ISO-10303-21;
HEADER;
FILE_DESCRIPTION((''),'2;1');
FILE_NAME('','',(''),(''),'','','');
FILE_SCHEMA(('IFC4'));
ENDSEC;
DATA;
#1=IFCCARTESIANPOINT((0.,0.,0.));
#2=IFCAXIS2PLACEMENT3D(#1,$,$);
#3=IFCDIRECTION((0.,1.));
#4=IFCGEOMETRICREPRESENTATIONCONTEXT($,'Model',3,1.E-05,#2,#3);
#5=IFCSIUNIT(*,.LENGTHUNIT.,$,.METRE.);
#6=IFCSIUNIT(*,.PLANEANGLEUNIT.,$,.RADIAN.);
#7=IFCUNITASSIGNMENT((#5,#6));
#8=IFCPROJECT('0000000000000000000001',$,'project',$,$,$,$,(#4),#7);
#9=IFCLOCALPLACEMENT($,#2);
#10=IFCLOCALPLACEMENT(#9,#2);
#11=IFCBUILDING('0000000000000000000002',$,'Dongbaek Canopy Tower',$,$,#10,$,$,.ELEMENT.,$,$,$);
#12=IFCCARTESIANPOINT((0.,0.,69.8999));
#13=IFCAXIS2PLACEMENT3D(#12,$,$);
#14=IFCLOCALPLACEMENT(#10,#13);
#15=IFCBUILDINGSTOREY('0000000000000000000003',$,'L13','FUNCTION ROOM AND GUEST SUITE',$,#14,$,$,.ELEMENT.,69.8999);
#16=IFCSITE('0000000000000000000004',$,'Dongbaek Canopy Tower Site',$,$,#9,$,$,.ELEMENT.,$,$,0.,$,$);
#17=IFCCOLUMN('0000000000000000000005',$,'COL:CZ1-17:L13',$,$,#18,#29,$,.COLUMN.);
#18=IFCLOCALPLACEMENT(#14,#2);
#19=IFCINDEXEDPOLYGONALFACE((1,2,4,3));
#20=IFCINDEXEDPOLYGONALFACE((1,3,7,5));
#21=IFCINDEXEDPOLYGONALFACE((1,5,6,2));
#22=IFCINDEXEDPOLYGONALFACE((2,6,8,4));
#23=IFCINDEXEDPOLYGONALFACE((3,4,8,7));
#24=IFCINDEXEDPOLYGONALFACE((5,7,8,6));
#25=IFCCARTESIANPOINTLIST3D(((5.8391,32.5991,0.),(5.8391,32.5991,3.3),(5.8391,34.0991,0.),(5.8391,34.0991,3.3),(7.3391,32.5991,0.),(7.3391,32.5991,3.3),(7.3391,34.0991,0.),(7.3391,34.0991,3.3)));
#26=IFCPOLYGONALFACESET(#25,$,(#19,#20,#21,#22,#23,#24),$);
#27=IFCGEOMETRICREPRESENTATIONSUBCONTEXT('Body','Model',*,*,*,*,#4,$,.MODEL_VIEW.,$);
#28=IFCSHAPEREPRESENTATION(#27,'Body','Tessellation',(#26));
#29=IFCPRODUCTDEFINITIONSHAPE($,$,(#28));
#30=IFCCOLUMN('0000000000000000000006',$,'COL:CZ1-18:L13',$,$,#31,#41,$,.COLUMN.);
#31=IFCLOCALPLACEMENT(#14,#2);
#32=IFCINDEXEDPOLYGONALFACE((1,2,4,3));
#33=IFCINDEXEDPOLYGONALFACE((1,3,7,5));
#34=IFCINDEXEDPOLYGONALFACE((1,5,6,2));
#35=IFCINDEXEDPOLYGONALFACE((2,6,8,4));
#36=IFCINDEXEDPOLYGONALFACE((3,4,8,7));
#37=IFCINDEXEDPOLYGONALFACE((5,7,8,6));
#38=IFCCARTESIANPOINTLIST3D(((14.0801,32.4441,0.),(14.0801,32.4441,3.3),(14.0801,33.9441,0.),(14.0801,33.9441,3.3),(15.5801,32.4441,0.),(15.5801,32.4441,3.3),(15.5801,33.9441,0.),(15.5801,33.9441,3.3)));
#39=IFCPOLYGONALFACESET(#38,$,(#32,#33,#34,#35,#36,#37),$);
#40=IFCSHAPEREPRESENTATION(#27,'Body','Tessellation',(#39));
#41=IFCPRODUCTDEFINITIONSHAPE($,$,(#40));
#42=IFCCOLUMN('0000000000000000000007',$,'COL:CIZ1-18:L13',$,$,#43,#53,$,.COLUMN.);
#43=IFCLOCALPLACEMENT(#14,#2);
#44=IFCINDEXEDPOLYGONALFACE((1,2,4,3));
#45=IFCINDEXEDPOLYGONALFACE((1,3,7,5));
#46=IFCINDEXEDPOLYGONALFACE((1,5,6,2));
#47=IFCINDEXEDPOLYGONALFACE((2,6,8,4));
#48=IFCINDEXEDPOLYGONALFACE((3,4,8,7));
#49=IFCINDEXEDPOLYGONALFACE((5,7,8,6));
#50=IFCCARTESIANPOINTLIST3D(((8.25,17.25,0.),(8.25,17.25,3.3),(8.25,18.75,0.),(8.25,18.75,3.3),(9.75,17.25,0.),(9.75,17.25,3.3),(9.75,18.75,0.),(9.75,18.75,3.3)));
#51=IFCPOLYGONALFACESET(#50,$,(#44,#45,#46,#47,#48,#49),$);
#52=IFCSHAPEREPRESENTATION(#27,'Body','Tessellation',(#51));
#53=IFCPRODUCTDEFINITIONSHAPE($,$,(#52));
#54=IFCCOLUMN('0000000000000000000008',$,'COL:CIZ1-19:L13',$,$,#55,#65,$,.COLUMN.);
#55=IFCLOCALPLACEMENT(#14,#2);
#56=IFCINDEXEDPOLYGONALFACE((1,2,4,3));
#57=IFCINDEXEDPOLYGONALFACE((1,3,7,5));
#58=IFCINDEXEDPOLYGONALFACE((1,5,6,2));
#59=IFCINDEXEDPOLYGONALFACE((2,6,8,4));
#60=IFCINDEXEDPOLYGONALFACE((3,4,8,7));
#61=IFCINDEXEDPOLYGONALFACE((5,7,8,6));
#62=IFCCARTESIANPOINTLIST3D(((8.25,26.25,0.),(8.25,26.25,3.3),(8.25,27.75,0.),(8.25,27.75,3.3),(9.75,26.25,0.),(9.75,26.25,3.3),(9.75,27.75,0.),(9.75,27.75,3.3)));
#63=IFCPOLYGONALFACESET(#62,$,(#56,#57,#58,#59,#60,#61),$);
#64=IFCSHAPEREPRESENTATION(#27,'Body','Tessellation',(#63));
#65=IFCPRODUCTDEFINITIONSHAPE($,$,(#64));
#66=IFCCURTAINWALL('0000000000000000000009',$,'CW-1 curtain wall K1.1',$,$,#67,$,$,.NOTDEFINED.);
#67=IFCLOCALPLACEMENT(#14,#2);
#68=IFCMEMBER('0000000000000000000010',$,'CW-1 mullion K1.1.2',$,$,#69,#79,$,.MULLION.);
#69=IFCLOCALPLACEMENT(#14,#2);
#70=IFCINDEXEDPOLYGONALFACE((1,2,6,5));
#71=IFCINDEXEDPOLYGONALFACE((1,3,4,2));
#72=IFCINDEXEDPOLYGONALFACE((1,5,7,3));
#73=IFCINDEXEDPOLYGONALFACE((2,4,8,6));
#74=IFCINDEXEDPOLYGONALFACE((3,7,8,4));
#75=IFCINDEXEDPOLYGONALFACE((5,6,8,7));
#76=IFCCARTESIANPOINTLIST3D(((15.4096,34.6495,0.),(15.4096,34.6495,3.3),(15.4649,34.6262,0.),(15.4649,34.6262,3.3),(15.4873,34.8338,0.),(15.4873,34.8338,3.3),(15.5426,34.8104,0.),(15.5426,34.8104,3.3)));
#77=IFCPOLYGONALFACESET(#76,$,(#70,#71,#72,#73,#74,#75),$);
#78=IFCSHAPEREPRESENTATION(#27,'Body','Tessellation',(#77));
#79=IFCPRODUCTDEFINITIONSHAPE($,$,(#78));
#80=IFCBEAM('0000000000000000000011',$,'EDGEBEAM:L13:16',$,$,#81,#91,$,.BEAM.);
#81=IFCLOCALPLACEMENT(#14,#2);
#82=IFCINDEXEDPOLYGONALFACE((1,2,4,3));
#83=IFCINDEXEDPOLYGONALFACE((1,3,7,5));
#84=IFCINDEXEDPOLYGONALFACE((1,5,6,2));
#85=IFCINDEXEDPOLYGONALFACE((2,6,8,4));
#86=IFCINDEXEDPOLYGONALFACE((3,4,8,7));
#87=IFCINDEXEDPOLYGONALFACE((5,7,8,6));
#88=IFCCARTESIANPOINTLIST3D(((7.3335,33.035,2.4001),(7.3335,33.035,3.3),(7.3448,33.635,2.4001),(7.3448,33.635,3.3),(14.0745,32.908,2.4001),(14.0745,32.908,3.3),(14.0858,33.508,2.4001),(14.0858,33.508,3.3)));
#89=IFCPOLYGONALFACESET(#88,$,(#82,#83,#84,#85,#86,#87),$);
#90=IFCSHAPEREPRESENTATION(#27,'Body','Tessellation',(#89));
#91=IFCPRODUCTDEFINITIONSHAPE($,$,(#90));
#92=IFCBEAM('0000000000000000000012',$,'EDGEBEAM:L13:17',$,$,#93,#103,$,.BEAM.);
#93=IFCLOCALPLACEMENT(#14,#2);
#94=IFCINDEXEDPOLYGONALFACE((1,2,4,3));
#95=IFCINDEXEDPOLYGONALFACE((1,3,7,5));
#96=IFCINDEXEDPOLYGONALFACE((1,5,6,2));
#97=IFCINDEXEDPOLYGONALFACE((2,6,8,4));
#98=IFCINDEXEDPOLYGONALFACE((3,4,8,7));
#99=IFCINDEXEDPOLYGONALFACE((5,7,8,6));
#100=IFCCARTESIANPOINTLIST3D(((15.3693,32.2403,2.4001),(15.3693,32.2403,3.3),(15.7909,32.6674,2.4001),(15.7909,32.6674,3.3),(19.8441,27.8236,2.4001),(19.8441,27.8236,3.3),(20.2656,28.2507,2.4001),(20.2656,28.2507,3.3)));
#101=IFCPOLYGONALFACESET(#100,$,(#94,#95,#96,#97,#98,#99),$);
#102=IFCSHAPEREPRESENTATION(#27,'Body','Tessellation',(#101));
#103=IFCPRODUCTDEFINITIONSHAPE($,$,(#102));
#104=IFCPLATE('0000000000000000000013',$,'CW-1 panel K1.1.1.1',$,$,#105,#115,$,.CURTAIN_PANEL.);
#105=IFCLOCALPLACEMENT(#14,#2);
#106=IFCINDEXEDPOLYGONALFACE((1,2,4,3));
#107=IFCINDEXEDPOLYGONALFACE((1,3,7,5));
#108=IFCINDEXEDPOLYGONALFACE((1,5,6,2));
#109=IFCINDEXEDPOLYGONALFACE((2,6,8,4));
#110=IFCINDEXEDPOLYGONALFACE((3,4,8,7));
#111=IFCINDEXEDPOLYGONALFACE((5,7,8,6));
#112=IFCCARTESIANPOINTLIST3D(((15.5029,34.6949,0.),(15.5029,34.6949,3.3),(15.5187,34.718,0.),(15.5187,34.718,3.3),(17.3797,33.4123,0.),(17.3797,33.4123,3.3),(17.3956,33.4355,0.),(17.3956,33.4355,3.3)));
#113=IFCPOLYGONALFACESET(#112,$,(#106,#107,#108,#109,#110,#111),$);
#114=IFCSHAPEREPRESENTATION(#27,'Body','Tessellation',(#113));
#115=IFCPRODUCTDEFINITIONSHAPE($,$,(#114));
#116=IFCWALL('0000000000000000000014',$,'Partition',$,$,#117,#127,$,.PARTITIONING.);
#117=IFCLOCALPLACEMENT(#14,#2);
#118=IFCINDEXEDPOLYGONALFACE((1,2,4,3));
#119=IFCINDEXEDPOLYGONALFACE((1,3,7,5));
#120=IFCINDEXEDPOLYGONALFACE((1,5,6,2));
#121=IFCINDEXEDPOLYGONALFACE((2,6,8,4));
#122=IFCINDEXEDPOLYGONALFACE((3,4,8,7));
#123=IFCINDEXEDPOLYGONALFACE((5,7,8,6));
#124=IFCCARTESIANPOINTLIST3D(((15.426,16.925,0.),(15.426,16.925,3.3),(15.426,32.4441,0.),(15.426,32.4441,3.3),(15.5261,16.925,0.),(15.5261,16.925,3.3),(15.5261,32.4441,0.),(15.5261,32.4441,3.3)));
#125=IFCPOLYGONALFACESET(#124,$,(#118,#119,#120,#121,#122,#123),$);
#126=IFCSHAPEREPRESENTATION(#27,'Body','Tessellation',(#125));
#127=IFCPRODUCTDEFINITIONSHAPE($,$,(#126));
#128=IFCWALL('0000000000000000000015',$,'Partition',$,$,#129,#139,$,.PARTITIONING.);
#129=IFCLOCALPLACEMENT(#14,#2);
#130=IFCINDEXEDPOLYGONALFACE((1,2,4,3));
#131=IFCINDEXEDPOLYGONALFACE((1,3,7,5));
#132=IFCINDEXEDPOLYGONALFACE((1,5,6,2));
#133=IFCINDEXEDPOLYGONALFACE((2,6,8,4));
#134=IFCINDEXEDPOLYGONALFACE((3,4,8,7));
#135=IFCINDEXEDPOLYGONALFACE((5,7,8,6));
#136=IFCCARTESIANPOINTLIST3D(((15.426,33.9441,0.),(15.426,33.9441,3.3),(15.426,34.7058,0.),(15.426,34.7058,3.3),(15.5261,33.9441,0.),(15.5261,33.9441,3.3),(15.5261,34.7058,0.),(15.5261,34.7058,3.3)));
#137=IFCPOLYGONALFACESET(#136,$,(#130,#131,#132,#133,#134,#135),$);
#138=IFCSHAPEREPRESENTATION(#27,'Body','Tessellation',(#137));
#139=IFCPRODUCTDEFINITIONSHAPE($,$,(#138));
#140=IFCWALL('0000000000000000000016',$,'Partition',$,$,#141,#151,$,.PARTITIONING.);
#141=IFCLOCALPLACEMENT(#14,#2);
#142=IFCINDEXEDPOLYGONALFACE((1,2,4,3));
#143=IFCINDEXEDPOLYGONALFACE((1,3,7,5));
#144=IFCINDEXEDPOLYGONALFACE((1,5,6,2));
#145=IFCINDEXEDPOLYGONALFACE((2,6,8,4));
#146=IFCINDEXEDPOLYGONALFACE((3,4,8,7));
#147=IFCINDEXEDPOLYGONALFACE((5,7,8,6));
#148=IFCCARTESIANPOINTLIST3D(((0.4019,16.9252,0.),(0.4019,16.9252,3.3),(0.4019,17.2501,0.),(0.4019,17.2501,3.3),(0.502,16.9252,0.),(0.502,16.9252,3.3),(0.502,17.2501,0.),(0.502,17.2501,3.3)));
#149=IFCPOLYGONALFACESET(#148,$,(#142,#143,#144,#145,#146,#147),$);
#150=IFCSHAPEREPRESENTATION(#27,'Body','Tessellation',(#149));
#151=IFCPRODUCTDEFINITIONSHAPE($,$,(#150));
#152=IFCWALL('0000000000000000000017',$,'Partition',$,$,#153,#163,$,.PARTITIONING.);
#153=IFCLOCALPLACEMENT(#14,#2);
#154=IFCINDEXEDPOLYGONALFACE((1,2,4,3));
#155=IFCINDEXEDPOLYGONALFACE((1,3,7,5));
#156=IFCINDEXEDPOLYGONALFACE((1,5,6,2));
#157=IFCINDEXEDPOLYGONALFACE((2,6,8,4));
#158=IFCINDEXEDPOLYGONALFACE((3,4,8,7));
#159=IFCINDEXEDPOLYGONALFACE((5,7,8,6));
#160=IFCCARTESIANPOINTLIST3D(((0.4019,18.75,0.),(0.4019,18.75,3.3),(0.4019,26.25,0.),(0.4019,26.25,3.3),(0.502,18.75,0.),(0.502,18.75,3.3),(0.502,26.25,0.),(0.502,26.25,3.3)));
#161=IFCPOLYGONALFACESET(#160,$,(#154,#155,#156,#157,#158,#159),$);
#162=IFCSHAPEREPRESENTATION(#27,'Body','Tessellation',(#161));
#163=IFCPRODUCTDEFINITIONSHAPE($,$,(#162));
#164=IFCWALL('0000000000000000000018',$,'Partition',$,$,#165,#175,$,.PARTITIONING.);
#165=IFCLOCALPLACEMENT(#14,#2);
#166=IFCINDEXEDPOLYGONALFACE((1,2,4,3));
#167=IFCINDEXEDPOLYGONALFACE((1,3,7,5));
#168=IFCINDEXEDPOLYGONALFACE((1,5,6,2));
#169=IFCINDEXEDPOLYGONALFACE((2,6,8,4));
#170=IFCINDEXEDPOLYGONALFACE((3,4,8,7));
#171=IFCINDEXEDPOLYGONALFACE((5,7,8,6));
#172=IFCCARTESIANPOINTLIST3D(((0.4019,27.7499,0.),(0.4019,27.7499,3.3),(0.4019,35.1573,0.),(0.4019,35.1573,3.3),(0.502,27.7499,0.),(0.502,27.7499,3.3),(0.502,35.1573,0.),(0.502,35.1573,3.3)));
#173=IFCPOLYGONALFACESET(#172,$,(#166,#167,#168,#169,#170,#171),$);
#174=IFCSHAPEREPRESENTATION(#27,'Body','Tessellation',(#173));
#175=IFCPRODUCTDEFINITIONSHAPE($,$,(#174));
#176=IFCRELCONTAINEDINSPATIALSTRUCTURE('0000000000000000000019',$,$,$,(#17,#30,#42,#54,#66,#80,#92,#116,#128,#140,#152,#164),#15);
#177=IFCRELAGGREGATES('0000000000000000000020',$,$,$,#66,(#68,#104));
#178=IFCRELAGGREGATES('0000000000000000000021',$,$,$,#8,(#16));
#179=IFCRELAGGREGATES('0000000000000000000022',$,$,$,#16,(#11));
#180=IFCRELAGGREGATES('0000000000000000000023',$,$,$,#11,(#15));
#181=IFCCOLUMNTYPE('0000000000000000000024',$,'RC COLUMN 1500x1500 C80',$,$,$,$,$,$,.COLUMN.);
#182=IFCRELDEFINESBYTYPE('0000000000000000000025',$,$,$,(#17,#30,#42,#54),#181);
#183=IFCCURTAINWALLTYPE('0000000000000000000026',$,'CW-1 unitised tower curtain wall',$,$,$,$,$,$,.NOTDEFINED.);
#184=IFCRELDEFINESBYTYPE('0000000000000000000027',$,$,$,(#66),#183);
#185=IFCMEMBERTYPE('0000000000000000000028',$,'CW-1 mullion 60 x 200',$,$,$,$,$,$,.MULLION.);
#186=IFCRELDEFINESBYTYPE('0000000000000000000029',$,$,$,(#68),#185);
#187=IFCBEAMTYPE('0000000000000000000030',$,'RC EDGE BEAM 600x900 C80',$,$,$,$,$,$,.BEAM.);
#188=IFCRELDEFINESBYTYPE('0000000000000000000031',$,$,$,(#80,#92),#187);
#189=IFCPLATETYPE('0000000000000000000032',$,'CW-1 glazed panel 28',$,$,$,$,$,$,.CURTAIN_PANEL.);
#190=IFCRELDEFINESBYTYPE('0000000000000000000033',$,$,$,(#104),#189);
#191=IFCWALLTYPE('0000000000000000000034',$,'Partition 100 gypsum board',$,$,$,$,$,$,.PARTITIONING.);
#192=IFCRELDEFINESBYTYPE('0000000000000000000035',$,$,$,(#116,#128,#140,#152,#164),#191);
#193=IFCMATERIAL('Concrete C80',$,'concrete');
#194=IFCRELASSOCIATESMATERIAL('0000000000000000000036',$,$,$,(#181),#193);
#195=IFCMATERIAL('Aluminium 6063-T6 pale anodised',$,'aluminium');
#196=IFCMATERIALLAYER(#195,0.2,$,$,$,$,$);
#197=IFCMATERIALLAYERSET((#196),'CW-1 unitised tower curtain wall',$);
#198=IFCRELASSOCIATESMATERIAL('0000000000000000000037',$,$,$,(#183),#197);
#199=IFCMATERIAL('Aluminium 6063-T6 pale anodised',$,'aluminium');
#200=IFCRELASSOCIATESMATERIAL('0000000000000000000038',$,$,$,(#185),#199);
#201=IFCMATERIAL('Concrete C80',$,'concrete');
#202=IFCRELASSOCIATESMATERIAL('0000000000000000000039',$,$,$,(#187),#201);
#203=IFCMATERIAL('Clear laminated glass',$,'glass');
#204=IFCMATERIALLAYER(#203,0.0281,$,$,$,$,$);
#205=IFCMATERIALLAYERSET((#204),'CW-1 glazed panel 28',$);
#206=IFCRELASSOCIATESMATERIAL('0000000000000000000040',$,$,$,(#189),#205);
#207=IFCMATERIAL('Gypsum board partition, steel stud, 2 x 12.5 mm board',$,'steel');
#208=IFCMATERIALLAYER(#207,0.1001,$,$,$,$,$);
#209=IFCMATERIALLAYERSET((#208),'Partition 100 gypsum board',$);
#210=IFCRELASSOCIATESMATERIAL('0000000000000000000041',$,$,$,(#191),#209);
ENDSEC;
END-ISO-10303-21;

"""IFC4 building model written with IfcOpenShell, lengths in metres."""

from ifc_helpers import new_model, si_unit, direction, frame, frame_2d, origin, origin_2d, place, context, subcontext, project, spatial, rectangle, extrude, material, layer, layer_set, material_profile, profile_set, type_object, element, aggregate, save


model = new_model("IFC4")

# Units and contexts
model_context = context("Model", 3, precision=1e-05, world=origin(), true_north=direction((0.0, 1.0)))
body_context = subcontext(model_context, "Body", "Model", "MODEL_VIEW")
ifc_project = project(units=[si_unit("LENGTHUNIT", "METRE"), si_unit("PLANEANGLEUNIT", "RADIAN")], contexts=[model_context])

# Site, building, storey
site_placement = place(None, origin())
site = spatial("IfcSite", under=ifc_project, at=site_placement, Name="Dongbaek Canopy Tower Site", CompositionType="ELEMENT", RefElevation=0.0)
building_placement = place(site_placement, origin())
building = spatial("IfcBuilding", under=site, at=building_placement, Name="Dongbaek Canopy Tower", CompositionType="ELEMENT")
storey_placement = place(building_placement, frame((0.0, 0.0, 69.8999)))
storey = spatial("IfcBuildingStorey", under=building, at=storey_placement, Name="L13", Description="FUNCTION ROOM AND GUEST SUITE", CompositionType="ELEMENT", Elevation=69.8999)

# Columns
ifc_material_1 = material(Name="Concrete C80", Category="concrete")
ifc_material_profile_1 = material_profile(ifc_material_1, rectangle(XDim=1.5, YDim=1.5, at=origin_2d()), Name="RC COLUMN 1500x1500 C80")
ifc_profile_set_1 = profile_set([ifc_material_profile_1], Name="Concrete C80")
column_type = type_object("IfcColumnType", Name="RC COLUMN 1500x1500 C80", PredefinedType="COLUMN", material=ifc_profile_set_1)
for number, where, z_axis, x_axis, name in (
    (1, (6.5891, 33.3491, 0.0), (0.0, 0.0, 1.0), (1.0, 0.0, 0.0), "COL:CZ1-17:L13"),
    (2, (14.8301, 33.1941, 0.0), (0.0, 0.0, 1.0), (1.0, 0.0, 0.0), "COL:CZ1-18:L13"),
    (3, (9.0, 18.0, 0.0), (0.0, 0.0, 1.0), (1.0, 0.0, 0.0), "COL:CIZ1-18:L13"),
    (4, (9.0, 27.0, 0.0), (0.0, 0.0, 1.0), (1.0, 0.0, 0.0), "COL:CIZ1-19:L13"),
):
    element("IfcColumn", number, at=place(storey_placement, frame(where, z_axis=z_axis, x_axis=x_axis)), inside=storey, type_object=column_type, Name=name, PredefinedType="COLUMN", context=body_context, shape_type="SweptSolid", body=[
        extrude(rectangle(XDim=1.5, YDim=1.5, at=origin_2d()), origin(), (0.0, 0.0, 1.0), 3.3),
    ])

# Curtain wall, member
ifc_material_2 = material(Name="Aluminium 6063-T6 pale anodised", Category="aluminium")
ifc_layer_1 = layer(ifc_material_2, 0.2)
ifc_layer_set_1 = layer_set([ifc_layer_1], Name="CW-1 unitised tower curtain wall")
curtain_wall_type = type_object("IfcCurtainWallType", Name="CW-1 unitised tower curtain wall", PredefinedType="NOTDEFINED", material=ifc_layer_set_1)
curtain_wall_placement = place(storey_placement, origin())
curtain_wall = element("IfcCurtainWall", 5, at=curtain_wall_placement, inside=storey, type_object=curtain_wall_type, Name="CW-1 curtain wall K1.1", PredefinedType="NOTDEFINED")
ifc_material_3 = material(Name="Aluminium 6063-T6 pale anodised", Category="aluminium")
ifc_material_profile_2 = material_profile(ifc_material_3, rectangle(XDim=0.2, YDim=0.0601, at=origin_2d()), Name="CW-1 mullion 60 x 200")
ifc_profile_set_2 = profile_set([ifc_material_profile_2], Name="Aluminium 6063-T6 pale anodised")
member_type = type_object("IfcMemberType", Name="CW-1 mullion 60 x 200", PredefinedType="MULLION", material=ifc_profile_set_2)
member_placement = place(storey_placement, frame((15.4761, 34.73, 0.0), z_axis=(0.0, 0.0, 1.0), x_axis=(0.388645, 0.921387, 0.0)))
member = element("IfcMember", 6, at=member_placement, type_object=member_type, Name="CW-1 mullion K1.1.2", PredefinedType="MULLION", context=body_context, shape_type="SweptSolid", body=[
    extrude(rectangle(XDim=0.2, YDim=0.0601, at=origin_2d()), origin(), (0.0, 0.0, 1.0), 3.3),
])

# Beams
ifc_material_4 = material(Name="Concrete C80", Category="concrete")
ifc_material_profile_3 = material_profile(ifc_material_4, rectangle(XDim=0.6001, YDim=0.8999, at=origin_2d()), Name="RC EDGE BEAM 600x900 C80")
ifc_profile_set_3 = profile_set([ifc_material_profile_3], Name="Concrete C80")
beam_type = type_object("IfcBeamType", Name="RC EDGE BEAM 600x900 C80", PredefinedType="BEAM", material=ifc_profile_set_3)
beam_1_placement = place(storey_placement, frame((7.3391, 33.335, 2.8501), z_axis=(0.999823, -0.01883, 0.0), x_axis=(0.01883, 0.999823, 0.0)))
element("IfcBeam", 7, at=beam_1_placement, inside=storey, type_object=beam_type, Name="EDGEBEAM:L13:16", PredefinedType="BEAM", context=body_context, shape_type="SweptSolid", body=[
    extrude(rectangle(XDim=0.6001, YDim=0.8999, at=origin_2d()), origin(), (0.0, 0.0, 1.0), 6.7422),
])
beam_2_placement = place(storey_placement, frame((15.5801, 32.4539, 2.8501), z_axis=(0.711712, -0.702471, 0.0), x_axis=(0.702471, 0.711712, 0.0)))
element("IfcBeam", 8, at=beam_2_placement, inside=storey, type_object=beam_type, Name="EDGEBEAM:L13:17", PredefinedType="BEAM", context=body_context, shape_type="SweptSolid", body=[
    extrude(rectangle(XDim=0.6001, YDim=0.8999, at=origin_2d()), origin(), (0.0, 0.0, 1.0), 6.2874),
])

# Plate
ifc_material_5 = material(Name="Clear laminated glass", Category="glass")
ifc_layer_2 = layer(ifc_material_5, 0.0281)
ifc_layer_set_2 = layer_set([ifc_layer_2], Name="CW-1 glazed panel 28")
plate_type = type_object("IfcPlateType", Name="CW-1 glazed panel 28", PredefinedType="CURTAIN_PANEL", material=ifc_layer_set_2)
plate_placement = place(storey_placement, frame((16.4492, 34.0652, 0.0), z_axis=(0.0, 0.0, 1.0), x_axis=(-0.825641, 0.564196, 0.0)))
plate = element("IfcPlate", 9, at=plate_placement, type_object=plate_type, Name="CW-1 panel K1.1.1.1", PredefinedType="CURTAIN_PANEL", context=body_context, shape_type="SweptSolid", body=[
    extrude(rectangle(XDim=2.2732, YDim=0.0281, at=origin_2d()), origin(), (0.0, 0.0, 1.0), 3.3),
])
aggregate(curtain_wall, [member, plate])

# Walls
ifc_material_6 = material(Name="Gypsum board partition, steel stud, 2 x 12.5 mm board", Category="steel")
ifc_layer_3 = layer(ifc_material_6, 0.1001)
ifc_layer_set_3 = layer_set([ifc_layer_3], Name="Partition 100 gypsum board")
wall_type = type_object("IfcWallType", Name="Partition 100 gypsum board", PredefinedType="PARTITIONING", material=ifc_layer_set_3)
wall_1_placement = place(storey_placement, frame((15.4761, 16.925, 0.0), z_axis=(0.0, 0.0, 1.0), x_axis=(0.0, 1.0, 0.0)))
element("IfcWall", 10, at=wall_1_placement, inside=storey, type_object=wall_type, Name="Partition", PredefinedType="PARTITIONING", context=body_context, shape_type="SweptSolid", body=[
    extrude(rectangle(XDim=15.519, YDim=0.1001, at=frame_2d((7.7595, 0.0))), origin(), (0.0, 0.0, 1.0), 3.3),
])
wall_2_placement = place(storey_placement, frame((15.4761, 33.9441, 0.0), z_axis=(0.0, 0.0, 1.0), x_axis=(0.0, 1.0, 0.0)))
element("IfcWall", 11, at=wall_2_placement, inside=storey, type_object=wall_type, Name="Partition", PredefinedType="PARTITIONING", context=body_context, shape_type="SweptSolid", body=[
    extrude(rectangle(XDim=0.7617, YDim=0.1001, at=frame_2d((0.3809, 0.0))), origin(), (0.0, 0.0, 1.0), 3.3),
])
wall_3_placement = place(storey_placement, frame((0.4519, 16.925, 0.0), z_axis=(0.0, 0.0, 1.0), x_axis=(0.0, 1.0, 0.0)))
element("IfcWall", 12, at=wall_3_placement, inside=storey, type_object=wall_type, Name="Partition", PredefinedType="PARTITIONING", context=body_context, shape_type="SweptSolid", body=[
    extrude(rectangle(XDim=0.325, YDim=0.1001, at=frame_2d((0.1626, 0.0))), origin(), (0.0, 0.0, 1.0), 3.3),
])
wall_4_placement = place(storey_placement, frame((0.4519, 18.75, 0.0), z_axis=(0.0, 0.0, 1.0), x_axis=(0.0, 1.0, 0.0)))
element("IfcWall", 13, at=wall_4_placement, inside=storey, type_object=wall_type, Name="Partition", PredefinedType="PARTITIONING", context=body_context, shape_type="SweptSolid", body=[
    extrude(rectangle(XDim=7.5, YDim=0.1001, at=frame_2d((3.75, 0.0))), origin(), (0.0, 0.0, 1.0), 3.3),
])
wall_5_placement = place(storey_placement, frame((0.4519, 27.75, 0.0), z_axis=(0.0, 0.0, 1.0), x_axis=(0.0, 1.0, 0.0)))
element("IfcWall", 14, at=wall_5_placement, inside=storey, type_object=wall_type, Name="Partition", PredefinedType="PARTITIONING", context=body_context, shape_type="SweptSolid", body=[
    extrude(rectangle(XDim=7.4075, YDim=0.1001, at=frame_2d((3.7036, 0.0))), origin(), (0.0, 0.0, 1.0), 3.3),
])

save(model, "model.ifc")
